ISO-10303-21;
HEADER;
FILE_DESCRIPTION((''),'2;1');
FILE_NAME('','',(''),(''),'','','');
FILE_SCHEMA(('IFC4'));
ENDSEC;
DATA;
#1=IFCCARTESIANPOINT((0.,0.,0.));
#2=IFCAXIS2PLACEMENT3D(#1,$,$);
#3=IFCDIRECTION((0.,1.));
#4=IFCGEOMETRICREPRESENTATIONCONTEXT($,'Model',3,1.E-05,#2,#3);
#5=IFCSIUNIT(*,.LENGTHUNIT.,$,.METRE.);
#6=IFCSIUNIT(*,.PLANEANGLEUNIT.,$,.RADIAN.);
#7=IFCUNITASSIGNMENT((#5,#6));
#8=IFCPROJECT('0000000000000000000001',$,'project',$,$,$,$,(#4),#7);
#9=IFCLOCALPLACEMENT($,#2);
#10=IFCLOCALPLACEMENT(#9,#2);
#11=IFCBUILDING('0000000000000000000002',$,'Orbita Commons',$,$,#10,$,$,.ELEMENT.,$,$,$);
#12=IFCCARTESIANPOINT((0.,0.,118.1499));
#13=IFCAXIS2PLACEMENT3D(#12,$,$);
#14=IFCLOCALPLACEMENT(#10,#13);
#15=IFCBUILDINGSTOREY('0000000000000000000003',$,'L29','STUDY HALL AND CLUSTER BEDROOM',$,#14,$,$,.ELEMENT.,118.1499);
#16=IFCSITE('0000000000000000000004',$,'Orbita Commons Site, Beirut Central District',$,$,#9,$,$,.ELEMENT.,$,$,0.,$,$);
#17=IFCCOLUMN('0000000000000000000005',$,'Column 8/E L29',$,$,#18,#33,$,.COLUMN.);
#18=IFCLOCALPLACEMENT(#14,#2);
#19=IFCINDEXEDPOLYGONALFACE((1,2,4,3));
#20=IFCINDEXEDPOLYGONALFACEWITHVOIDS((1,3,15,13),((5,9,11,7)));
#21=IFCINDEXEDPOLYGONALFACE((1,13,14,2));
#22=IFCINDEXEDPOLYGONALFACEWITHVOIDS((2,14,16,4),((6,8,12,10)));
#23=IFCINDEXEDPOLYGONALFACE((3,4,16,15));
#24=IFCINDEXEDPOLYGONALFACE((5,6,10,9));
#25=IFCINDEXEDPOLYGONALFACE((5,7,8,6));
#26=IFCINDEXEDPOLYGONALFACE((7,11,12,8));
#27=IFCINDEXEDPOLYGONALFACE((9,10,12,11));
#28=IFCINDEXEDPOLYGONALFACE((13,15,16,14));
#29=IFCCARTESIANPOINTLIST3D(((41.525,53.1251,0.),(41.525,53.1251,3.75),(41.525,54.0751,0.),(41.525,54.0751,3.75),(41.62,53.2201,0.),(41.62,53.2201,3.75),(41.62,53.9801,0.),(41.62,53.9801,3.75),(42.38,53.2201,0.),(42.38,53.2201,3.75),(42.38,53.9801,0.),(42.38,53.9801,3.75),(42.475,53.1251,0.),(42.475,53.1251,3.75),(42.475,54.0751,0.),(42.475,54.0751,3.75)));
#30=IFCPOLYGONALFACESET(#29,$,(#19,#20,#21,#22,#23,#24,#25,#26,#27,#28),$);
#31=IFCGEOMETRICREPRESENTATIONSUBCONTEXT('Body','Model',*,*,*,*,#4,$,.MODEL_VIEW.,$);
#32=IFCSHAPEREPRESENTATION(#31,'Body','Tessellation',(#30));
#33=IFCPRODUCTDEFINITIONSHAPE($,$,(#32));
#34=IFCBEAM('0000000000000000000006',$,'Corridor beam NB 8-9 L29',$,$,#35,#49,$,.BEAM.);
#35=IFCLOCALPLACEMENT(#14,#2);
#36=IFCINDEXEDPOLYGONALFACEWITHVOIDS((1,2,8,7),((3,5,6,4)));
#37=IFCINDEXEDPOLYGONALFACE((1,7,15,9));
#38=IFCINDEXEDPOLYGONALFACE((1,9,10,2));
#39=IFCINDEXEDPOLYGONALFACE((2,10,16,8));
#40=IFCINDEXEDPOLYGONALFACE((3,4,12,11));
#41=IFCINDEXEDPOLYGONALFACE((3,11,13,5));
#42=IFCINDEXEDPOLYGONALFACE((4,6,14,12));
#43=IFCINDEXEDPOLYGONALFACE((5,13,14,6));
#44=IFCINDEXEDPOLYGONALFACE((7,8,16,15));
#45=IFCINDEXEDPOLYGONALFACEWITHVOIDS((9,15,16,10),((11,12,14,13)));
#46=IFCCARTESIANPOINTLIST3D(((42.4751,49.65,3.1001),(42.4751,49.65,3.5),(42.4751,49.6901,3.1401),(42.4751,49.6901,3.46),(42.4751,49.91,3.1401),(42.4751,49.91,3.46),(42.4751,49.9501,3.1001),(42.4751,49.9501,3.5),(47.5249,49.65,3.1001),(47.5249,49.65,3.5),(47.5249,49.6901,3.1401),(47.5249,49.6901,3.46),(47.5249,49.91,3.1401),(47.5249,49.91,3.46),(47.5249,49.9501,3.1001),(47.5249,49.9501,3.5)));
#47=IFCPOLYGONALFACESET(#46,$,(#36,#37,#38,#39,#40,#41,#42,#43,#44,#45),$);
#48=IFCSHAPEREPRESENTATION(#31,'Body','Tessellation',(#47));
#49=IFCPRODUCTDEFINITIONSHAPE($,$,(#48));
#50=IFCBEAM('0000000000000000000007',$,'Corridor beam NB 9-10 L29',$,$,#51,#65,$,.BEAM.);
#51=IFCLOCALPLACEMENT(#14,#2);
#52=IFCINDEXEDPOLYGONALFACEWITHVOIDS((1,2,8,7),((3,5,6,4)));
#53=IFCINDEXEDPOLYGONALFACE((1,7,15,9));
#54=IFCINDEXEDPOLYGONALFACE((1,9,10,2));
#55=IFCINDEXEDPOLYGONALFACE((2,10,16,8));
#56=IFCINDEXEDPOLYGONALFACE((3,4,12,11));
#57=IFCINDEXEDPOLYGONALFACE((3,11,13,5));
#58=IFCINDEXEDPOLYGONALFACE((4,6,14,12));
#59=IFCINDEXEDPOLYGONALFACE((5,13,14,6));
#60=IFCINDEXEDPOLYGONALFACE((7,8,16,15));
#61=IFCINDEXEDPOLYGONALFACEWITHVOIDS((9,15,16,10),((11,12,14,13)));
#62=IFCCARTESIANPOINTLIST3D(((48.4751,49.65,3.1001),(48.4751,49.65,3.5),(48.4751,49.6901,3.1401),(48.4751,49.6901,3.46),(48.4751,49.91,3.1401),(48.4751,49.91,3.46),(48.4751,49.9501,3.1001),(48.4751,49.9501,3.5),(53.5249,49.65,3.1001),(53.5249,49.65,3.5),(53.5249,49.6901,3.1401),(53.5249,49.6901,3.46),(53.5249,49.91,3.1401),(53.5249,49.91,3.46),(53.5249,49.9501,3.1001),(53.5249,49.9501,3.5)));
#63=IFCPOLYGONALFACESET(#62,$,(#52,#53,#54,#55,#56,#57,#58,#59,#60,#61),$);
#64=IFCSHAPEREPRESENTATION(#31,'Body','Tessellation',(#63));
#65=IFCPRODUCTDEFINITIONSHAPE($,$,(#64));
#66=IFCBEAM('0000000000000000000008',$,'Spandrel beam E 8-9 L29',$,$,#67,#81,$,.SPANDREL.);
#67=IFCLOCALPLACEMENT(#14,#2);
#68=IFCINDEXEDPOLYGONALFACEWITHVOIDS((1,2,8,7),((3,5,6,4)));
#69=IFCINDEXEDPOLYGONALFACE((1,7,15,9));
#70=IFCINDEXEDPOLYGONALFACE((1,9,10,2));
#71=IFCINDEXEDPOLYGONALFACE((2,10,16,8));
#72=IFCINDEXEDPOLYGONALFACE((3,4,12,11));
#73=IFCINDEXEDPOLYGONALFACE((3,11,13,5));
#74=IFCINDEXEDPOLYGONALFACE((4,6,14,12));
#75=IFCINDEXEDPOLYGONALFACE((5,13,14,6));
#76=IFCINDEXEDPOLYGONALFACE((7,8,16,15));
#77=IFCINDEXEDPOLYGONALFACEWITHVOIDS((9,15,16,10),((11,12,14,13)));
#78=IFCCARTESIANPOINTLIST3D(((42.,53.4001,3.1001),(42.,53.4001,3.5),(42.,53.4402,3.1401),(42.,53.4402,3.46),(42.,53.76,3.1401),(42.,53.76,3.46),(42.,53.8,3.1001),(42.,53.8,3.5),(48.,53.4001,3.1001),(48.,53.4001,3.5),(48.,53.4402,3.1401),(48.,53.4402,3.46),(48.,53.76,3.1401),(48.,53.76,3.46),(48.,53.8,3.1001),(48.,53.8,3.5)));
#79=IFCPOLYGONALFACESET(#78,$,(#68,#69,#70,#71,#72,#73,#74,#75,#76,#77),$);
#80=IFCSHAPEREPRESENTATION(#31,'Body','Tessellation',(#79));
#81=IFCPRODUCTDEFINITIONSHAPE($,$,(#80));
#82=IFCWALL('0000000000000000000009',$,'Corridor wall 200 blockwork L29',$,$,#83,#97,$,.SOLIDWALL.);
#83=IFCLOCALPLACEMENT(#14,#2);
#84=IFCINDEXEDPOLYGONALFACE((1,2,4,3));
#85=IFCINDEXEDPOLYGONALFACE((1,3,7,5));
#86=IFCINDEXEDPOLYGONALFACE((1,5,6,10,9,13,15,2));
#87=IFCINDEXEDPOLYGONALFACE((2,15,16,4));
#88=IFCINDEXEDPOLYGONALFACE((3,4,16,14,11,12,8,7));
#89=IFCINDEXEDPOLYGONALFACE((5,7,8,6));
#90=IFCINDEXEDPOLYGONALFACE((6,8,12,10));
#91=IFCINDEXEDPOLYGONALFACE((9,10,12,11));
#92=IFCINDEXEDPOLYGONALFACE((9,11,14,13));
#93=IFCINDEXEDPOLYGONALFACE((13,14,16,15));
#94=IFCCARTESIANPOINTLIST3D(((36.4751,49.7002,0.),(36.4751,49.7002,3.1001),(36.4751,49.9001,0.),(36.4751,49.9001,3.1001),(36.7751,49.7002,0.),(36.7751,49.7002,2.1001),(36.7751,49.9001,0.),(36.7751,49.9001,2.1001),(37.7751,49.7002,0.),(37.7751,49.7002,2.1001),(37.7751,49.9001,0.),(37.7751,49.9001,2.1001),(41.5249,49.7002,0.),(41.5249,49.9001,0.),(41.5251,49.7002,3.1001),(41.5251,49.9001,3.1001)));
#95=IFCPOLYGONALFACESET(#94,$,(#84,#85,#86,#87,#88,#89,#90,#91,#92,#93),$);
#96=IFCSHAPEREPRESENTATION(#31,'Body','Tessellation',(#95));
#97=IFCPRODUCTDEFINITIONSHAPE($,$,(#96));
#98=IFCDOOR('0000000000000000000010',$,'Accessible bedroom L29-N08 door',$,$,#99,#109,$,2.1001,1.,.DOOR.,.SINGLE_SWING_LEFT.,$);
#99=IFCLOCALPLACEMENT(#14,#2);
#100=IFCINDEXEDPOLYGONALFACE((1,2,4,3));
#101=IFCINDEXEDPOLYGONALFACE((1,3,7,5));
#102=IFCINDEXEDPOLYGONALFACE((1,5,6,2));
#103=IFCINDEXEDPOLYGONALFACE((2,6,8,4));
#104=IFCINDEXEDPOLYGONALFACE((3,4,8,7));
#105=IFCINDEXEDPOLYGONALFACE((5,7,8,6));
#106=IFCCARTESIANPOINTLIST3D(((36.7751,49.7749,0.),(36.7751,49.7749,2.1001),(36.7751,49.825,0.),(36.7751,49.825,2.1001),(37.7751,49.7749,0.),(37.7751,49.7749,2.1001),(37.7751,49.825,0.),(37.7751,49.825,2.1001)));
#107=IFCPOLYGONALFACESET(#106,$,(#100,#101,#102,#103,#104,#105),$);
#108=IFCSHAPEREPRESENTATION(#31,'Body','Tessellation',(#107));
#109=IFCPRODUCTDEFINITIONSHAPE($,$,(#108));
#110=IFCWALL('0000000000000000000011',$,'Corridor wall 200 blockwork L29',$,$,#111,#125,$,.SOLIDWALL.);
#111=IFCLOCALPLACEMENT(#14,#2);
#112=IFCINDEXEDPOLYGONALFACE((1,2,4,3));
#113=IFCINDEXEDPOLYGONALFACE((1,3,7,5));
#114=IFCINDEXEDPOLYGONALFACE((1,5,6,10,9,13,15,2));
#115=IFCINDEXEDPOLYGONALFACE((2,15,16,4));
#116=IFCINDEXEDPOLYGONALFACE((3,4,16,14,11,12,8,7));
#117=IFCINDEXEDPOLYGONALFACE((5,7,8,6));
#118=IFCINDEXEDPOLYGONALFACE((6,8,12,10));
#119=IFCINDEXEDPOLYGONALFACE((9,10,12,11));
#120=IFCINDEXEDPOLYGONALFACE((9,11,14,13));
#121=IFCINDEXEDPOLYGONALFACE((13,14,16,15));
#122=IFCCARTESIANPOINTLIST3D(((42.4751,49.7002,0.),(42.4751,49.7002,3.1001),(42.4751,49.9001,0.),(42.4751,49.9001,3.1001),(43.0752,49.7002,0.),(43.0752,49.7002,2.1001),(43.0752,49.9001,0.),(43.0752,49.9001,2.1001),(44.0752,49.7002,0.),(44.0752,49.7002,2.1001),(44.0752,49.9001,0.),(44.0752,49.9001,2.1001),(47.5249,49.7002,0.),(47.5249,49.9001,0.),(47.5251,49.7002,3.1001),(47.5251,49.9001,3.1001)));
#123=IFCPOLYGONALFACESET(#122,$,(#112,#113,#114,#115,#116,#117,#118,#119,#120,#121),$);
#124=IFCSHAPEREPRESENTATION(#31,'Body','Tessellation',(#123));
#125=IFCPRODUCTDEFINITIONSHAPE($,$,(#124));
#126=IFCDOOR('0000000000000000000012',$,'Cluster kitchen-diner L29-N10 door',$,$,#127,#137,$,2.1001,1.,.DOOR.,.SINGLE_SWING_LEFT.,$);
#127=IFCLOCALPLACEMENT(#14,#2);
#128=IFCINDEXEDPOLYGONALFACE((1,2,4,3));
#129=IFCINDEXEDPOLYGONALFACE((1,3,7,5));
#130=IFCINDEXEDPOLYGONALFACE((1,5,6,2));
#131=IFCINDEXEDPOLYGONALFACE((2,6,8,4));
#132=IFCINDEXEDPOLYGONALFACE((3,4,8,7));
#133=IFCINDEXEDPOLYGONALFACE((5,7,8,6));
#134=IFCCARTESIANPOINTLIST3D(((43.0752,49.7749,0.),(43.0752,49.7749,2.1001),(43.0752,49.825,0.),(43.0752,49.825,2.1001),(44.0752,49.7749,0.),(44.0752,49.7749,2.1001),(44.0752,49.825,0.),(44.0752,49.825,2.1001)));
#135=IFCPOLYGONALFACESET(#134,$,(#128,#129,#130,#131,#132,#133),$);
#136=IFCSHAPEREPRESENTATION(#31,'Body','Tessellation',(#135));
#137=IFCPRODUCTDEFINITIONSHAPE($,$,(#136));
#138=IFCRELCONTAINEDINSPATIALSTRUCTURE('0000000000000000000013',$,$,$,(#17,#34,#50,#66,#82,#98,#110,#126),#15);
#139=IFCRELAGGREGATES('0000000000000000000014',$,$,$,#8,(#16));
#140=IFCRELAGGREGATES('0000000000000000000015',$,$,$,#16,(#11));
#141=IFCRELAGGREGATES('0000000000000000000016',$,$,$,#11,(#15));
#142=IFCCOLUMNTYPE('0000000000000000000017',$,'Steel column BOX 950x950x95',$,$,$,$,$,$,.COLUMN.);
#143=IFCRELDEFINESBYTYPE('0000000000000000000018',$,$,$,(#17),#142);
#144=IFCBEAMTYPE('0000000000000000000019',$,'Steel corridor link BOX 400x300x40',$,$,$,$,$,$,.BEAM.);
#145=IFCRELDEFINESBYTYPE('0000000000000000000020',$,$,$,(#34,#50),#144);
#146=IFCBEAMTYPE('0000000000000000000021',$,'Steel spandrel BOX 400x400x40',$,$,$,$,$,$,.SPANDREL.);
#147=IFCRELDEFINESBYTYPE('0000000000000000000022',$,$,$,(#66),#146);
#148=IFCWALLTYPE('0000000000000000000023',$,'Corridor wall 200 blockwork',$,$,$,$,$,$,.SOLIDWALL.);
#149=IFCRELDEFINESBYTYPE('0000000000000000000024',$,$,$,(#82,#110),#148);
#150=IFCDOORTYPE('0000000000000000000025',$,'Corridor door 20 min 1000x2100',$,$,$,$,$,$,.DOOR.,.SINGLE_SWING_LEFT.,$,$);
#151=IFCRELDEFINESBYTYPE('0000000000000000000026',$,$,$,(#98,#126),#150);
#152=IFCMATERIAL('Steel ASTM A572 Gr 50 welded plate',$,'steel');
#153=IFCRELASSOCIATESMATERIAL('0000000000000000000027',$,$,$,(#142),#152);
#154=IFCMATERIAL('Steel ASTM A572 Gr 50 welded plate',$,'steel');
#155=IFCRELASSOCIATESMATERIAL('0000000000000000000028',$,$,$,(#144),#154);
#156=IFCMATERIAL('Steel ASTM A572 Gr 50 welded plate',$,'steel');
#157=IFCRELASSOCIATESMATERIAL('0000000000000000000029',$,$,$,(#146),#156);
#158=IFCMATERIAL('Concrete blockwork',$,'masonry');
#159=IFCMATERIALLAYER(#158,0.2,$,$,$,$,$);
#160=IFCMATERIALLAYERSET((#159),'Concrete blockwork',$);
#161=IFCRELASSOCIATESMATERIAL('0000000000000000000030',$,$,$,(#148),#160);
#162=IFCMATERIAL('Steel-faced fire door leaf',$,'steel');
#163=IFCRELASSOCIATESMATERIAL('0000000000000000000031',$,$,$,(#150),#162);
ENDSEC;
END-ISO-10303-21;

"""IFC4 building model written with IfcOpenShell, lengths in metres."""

from ifc_helpers import new_model, si_unit, direction, frame, frame_2d, origin, origin_2d, place, context, subcontext, project, spatial, polyline, rectangle, hollow_rectangle, outline, extrude, material, layer, layer_set, material_profile, profile_set, type_object, element, fill, save


model = new_model("IFC4")

# Units and contexts
model_context = context("Model", 3, precision=1e-05, world=origin(), true_north=direction((0.0, 1.0)))
body_context = subcontext(model_context, "Body", "Model", "MODEL_VIEW")
ifc_project = project(units=[si_unit("LENGTHUNIT", "METRE"), si_unit("PLANEANGLEUNIT", "RADIAN")], contexts=[model_context])

# Site, building, storey
site_placement = place(None, origin())
site = spatial("IfcSite", under=ifc_project, at=site_placement, Name="Orbita Commons Site, Beirut Central District", CompositionType="ELEMENT", RefElevation=0.0)
building_placement = place(site_placement, origin())
building = spatial("IfcBuilding", under=site, at=building_placement, Name="Orbita Commons", CompositionType="ELEMENT")
storey_placement = place(building_placement, frame((0.0, 0.0, 118.1499)))
storey = spatial("IfcBuildingStorey", under=building, at=storey_placement, Name="L29", Description="STUDY HALL AND CLUSTER BEDROOM", CompositionType="ELEMENT", Elevation=118.1499)

# Column
ifc_material_1 = material(Name="Steel ASTM A572 Gr 50 welded plate", Category="steel")
ifc_material_profile_1 = material_profile(ifc_material_1, hollow_rectangle(XDim=0.95, YDim=0.95, WallThickness=0.095, at=origin_2d()), Name="BOX 950x950x95")
ifc_profile_set_1 = profile_set([ifc_material_profile_1], Name="Steel ASTM A572 Gr 50 welded plate")
column_type = type_object("IfcColumnType", Name="Steel column BOX 950x950x95", PredefinedType="COLUMN", material=ifc_profile_set_1)
column_placement = place(storey_placement, frame((42.0, 53.6001, 0.0), z_axis=(0.0, 0.0, 1.0), x_axis=(1.0, 0.0, 0.0)))
element("IfcColumn", 1, at=column_placement, inside=storey, type_object=column_type, Name="Column 8/E L29", PredefinedType="COLUMN", context=body_context, shape_type="SweptSolid", body=[
    extrude(hollow_rectangle(XDim=0.95, YDim=0.95, WallThickness=0.095, at=origin_2d()), origin(), (0.0, 0.0, 1.0), 3.75),
])

# Beams
ifc_material_2 = material(Name="Steel ASTM A572 Gr 50 welded plate", Category="steel")
ifc_material_profile_2 = material_profile(ifc_material_2, hollow_rectangle(XDim=0.3, YDim=0.3999, WallThickness=0.04, at=origin_2d()), Name="BOX 400x300x40")
ifc_profile_set_2 = profile_set([ifc_material_profile_2], Name="Steel ASTM A572 Gr 50 welded plate")
beam_type_1 = type_object("IfcBeamType", Name="Steel corridor link BOX 400x300x40", PredefinedType="BEAM", material=ifc_profile_set_2)
for number, where, z_axis, x_axis, name in (
    (2, (42.4751, 49.8, 3.3), (1.0, 0.0, 0.0), (0.0, 1.0, 0.0), "Corridor beam NB 8-9 L29"),
    (3, (48.4751, 49.8, 3.3), (1.0, 0.0, 0.0), (0.0, 1.0, 0.0), "Corridor beam NB 9-10 L29"),
):
    element("IfcBeam", number, at=place(storey_placement, frame(where, z_axis=z_axis, x_axis=x_axis)), inside=storey, type_object=beam_type_1, Name=name, PredefinedType="BEAM", context=body_context, shape_type="SweptSolid", body=[
        extrude(hollow_rectangle(XDim=0.3, YDim=0.3999, WallThickness=0.04, at=origin_2d()), origin(), (0.0, 0.0, 1.0), 5.0498),
    ])
ifc_material_3 = material(Name="Steel ASTM A572 Gr 50 welded plate", Category="steel")
ifc_material_profile_3 = material_profile(ifc_material_3, hollow_rectangle(XDim=0.3999, YDim=0.3999, WallThickness=0.04, at=origin_2d()), Name="BOX 400x400x40")
ifc_profile_set_3 = profile_set([ifc_material_profile_3], Name="Steel ASTM A572 Gr 50 welded plate")
beam_type_2 = type_object("IfcBeamType", Name="Steel spandrel BOX 400x400x40", PredefinedType="SPANDREL", material=ifc_profile_set_3)
beam_placement = place(storey_placement, frame((42.0, 53.6001, 3.3), z_axis=(1.0, 0.0, 0.0), x_axis=(0.0, 1.0, 0.0)))
element("IfcBeam", 4, at=beam_placement, inside=storey, type_object=beam_type_2, Name="Spandrel beam E 8-9 L29", PredefinedType="SPANDREL", context=body_context, shape_type="SweptSolid", body=[
    extrude(hollow_rectangle(XDim=0.3999, YDim=0.3999, WallThickness=0.04, at=origin_2d()), origin(), (0.0, 0.0, 1.0), 6.0),
])

# Walls, openings, doors
ifc_material_4 = material(Name="Concrete blockwork", Category="masonry")
ifc_layer_1 = layer(ifc_material_4, 0.2)
ifc_layer_set_1 = layer_set([ifc_layer_1], Name="Concrete blockwork")
wall_type_1 = type_object("IfcWallType", Name="Corridor wall 200 blockwork", PredefinedType="SOLIDWALL", material=ifc_layer_set_1)
wall_1_placement = place(storey_placement, frame((36.4751, 49.8, 0.0), z_axis=(0.0, 0.0, 1.0), x_axis=(1.0, 0.0, 0.0)))
wall_1 = element("IfcWall", 5, at=wall_1_placement, inside=storey, type_object=wall_type_1, Name="Corridor wall 200 blockwork L29", PredefinedType="SOLIDWALL", context=body_context, shape_type="SweptSolid", body=[
    extrude(outline(polyline([(0.0, 0.0), (5.0498, 0.0), (5.05, 3.1001), (0.0, 3.1001), (0.0, 0.0)])), frame((0.0, 0.1001, 0.0), z_axis=(0.0, -1.0, 0.0), x_axis=(1.0, 0.0, 0.0)), (0.0, 0.0, 1.0), 0.2),
])
opening_1_placement = place(wall_1_placement, frame((0.3, 0.0, 0.0)))
opening_1 = element("IfcOpeningElement", 6, at=opening_1_placement, cuts=wall_1, PredefinedType="OPENING", context=body_context, shape_type="SweptSolid", body=[
    extrude(rectangle(XDim=1.0, YDim=2.1001, at=frame_2d((0.5, 1.05))), frame((0.0, 0.1099, 0.0), z_axis=(0.0, -1.0, 0.0), x_axis=(1.0, 0.0, 0.0)), (0.0, 0.0, 1.0), 0.22),
])
ifc_material_5 = material(Name="Steel-faced fire door leaf", Category="steel")
door_type_1 = type_object("IfcDoorType", Name="Corridor door 20 min 1000x2100", OperationType="SINGLE_SWING_LEFT", PredefinedType="DOOR", material=ifc_material_5)
door_1_placement = place(opening_1_placement, origin())
door_1 = element("IfcDoor", 7, at=door_1_placement, inside=storey, type_object=door_type_1, Name="Accessible bedroom L29-N08 door", OperationType="SINGLE_SWING_LEFT", OverallHeight=2.1001, OverallWidth=1.0, PredefinedType="DOOR", context=body_context, shape_type="SweptSolid", body=[
    extrude(rectangle(XDim=1.0, YDim=2.1001, at=frame_2d((0.5, 1.05))), frame((0.0, 0.0249, 0.0), z_axis=(0.0, -1.0, 0.0), x_axis=(1.0, 0.0, 0.0)), (0.0, 0.0, 1.0), 0.05),
])
fill(opening_1, door_1)
wall_2_placement = place(storey_placement, frame((42.4751, 49.8, 0.0), z_axis=(0.0, 0.0, 1.0), x_axis=(1.0, 0.0, 0.0)))
wall_2 = element("IfcWall", 8, at=wall_2_placement, inside=storey, type_object=wall_type_1, Name="Corridor wall 200 blockwork L29", PredefinedType="SOLIDWALL", context=body_context, shape_type="SweptSolid", body=[
    extrude(outline(polyline([(0.0, 0.0), (5.0498, 0.0), (5.05, 3.1001), (0.0, 3.1001), (0.0, 0.0)])), frame((0.0, 0.1001, 0.0), z_axis=(0.0, -1.0, 0.0), x_axis=(1.0, 0.0, 0.0)), (0.0, 0.0, 1.0), 0.2),
])
opening_2_placement = place(wall_2_placement, frame((0.6001, 0.0, 0.0)))
opening_2 = element("IfcOpeningElement", 9, at=opening_2_placement, cuts=wall_2, PredefinedType="OPENING", context=body_context, shape_type="SweptSolid", body=[
    extrude(rectangle(XDim=1.0, YDim=2.1001, at=frame_2d((0.5, 1.05))), frame((0.0, 0.1099, 0.0), z_axis=(0.0, -1.0, 0.0), x_axis=(1.0, 0.0, 0.0)), (0.0, 0.0, 1.0), 0.22),
])
door_2_placement = place(opening_2_placement, origin())
door_2 = element("IfcDoor", 10, at=door_2_placement, inside=storey, type_object=door_type_1, Name="Cluster kitchen-diner L29-N10 door", OperationType="SINGLE_SWING_LEFT", OverallHeight=2.1001, OverallWidth=1.0, PredefinedType="DOOR", context=body_context, shape_type="SweptSolid", body=[
    extrude(rectangle(XDim=1.0, YDim=2.1001, at=frame_2d((0.5, 1.05))), frame((0.0, 0.0249, 0.0), z_axis=(0.0, -1.0, 0.0), x_axis=(1.0, 0.0, 0.0)), (0.0, 0.0, 1.0), 0.05),
])
fill(opening_2, door_2)

save(model, "model.ifc")
